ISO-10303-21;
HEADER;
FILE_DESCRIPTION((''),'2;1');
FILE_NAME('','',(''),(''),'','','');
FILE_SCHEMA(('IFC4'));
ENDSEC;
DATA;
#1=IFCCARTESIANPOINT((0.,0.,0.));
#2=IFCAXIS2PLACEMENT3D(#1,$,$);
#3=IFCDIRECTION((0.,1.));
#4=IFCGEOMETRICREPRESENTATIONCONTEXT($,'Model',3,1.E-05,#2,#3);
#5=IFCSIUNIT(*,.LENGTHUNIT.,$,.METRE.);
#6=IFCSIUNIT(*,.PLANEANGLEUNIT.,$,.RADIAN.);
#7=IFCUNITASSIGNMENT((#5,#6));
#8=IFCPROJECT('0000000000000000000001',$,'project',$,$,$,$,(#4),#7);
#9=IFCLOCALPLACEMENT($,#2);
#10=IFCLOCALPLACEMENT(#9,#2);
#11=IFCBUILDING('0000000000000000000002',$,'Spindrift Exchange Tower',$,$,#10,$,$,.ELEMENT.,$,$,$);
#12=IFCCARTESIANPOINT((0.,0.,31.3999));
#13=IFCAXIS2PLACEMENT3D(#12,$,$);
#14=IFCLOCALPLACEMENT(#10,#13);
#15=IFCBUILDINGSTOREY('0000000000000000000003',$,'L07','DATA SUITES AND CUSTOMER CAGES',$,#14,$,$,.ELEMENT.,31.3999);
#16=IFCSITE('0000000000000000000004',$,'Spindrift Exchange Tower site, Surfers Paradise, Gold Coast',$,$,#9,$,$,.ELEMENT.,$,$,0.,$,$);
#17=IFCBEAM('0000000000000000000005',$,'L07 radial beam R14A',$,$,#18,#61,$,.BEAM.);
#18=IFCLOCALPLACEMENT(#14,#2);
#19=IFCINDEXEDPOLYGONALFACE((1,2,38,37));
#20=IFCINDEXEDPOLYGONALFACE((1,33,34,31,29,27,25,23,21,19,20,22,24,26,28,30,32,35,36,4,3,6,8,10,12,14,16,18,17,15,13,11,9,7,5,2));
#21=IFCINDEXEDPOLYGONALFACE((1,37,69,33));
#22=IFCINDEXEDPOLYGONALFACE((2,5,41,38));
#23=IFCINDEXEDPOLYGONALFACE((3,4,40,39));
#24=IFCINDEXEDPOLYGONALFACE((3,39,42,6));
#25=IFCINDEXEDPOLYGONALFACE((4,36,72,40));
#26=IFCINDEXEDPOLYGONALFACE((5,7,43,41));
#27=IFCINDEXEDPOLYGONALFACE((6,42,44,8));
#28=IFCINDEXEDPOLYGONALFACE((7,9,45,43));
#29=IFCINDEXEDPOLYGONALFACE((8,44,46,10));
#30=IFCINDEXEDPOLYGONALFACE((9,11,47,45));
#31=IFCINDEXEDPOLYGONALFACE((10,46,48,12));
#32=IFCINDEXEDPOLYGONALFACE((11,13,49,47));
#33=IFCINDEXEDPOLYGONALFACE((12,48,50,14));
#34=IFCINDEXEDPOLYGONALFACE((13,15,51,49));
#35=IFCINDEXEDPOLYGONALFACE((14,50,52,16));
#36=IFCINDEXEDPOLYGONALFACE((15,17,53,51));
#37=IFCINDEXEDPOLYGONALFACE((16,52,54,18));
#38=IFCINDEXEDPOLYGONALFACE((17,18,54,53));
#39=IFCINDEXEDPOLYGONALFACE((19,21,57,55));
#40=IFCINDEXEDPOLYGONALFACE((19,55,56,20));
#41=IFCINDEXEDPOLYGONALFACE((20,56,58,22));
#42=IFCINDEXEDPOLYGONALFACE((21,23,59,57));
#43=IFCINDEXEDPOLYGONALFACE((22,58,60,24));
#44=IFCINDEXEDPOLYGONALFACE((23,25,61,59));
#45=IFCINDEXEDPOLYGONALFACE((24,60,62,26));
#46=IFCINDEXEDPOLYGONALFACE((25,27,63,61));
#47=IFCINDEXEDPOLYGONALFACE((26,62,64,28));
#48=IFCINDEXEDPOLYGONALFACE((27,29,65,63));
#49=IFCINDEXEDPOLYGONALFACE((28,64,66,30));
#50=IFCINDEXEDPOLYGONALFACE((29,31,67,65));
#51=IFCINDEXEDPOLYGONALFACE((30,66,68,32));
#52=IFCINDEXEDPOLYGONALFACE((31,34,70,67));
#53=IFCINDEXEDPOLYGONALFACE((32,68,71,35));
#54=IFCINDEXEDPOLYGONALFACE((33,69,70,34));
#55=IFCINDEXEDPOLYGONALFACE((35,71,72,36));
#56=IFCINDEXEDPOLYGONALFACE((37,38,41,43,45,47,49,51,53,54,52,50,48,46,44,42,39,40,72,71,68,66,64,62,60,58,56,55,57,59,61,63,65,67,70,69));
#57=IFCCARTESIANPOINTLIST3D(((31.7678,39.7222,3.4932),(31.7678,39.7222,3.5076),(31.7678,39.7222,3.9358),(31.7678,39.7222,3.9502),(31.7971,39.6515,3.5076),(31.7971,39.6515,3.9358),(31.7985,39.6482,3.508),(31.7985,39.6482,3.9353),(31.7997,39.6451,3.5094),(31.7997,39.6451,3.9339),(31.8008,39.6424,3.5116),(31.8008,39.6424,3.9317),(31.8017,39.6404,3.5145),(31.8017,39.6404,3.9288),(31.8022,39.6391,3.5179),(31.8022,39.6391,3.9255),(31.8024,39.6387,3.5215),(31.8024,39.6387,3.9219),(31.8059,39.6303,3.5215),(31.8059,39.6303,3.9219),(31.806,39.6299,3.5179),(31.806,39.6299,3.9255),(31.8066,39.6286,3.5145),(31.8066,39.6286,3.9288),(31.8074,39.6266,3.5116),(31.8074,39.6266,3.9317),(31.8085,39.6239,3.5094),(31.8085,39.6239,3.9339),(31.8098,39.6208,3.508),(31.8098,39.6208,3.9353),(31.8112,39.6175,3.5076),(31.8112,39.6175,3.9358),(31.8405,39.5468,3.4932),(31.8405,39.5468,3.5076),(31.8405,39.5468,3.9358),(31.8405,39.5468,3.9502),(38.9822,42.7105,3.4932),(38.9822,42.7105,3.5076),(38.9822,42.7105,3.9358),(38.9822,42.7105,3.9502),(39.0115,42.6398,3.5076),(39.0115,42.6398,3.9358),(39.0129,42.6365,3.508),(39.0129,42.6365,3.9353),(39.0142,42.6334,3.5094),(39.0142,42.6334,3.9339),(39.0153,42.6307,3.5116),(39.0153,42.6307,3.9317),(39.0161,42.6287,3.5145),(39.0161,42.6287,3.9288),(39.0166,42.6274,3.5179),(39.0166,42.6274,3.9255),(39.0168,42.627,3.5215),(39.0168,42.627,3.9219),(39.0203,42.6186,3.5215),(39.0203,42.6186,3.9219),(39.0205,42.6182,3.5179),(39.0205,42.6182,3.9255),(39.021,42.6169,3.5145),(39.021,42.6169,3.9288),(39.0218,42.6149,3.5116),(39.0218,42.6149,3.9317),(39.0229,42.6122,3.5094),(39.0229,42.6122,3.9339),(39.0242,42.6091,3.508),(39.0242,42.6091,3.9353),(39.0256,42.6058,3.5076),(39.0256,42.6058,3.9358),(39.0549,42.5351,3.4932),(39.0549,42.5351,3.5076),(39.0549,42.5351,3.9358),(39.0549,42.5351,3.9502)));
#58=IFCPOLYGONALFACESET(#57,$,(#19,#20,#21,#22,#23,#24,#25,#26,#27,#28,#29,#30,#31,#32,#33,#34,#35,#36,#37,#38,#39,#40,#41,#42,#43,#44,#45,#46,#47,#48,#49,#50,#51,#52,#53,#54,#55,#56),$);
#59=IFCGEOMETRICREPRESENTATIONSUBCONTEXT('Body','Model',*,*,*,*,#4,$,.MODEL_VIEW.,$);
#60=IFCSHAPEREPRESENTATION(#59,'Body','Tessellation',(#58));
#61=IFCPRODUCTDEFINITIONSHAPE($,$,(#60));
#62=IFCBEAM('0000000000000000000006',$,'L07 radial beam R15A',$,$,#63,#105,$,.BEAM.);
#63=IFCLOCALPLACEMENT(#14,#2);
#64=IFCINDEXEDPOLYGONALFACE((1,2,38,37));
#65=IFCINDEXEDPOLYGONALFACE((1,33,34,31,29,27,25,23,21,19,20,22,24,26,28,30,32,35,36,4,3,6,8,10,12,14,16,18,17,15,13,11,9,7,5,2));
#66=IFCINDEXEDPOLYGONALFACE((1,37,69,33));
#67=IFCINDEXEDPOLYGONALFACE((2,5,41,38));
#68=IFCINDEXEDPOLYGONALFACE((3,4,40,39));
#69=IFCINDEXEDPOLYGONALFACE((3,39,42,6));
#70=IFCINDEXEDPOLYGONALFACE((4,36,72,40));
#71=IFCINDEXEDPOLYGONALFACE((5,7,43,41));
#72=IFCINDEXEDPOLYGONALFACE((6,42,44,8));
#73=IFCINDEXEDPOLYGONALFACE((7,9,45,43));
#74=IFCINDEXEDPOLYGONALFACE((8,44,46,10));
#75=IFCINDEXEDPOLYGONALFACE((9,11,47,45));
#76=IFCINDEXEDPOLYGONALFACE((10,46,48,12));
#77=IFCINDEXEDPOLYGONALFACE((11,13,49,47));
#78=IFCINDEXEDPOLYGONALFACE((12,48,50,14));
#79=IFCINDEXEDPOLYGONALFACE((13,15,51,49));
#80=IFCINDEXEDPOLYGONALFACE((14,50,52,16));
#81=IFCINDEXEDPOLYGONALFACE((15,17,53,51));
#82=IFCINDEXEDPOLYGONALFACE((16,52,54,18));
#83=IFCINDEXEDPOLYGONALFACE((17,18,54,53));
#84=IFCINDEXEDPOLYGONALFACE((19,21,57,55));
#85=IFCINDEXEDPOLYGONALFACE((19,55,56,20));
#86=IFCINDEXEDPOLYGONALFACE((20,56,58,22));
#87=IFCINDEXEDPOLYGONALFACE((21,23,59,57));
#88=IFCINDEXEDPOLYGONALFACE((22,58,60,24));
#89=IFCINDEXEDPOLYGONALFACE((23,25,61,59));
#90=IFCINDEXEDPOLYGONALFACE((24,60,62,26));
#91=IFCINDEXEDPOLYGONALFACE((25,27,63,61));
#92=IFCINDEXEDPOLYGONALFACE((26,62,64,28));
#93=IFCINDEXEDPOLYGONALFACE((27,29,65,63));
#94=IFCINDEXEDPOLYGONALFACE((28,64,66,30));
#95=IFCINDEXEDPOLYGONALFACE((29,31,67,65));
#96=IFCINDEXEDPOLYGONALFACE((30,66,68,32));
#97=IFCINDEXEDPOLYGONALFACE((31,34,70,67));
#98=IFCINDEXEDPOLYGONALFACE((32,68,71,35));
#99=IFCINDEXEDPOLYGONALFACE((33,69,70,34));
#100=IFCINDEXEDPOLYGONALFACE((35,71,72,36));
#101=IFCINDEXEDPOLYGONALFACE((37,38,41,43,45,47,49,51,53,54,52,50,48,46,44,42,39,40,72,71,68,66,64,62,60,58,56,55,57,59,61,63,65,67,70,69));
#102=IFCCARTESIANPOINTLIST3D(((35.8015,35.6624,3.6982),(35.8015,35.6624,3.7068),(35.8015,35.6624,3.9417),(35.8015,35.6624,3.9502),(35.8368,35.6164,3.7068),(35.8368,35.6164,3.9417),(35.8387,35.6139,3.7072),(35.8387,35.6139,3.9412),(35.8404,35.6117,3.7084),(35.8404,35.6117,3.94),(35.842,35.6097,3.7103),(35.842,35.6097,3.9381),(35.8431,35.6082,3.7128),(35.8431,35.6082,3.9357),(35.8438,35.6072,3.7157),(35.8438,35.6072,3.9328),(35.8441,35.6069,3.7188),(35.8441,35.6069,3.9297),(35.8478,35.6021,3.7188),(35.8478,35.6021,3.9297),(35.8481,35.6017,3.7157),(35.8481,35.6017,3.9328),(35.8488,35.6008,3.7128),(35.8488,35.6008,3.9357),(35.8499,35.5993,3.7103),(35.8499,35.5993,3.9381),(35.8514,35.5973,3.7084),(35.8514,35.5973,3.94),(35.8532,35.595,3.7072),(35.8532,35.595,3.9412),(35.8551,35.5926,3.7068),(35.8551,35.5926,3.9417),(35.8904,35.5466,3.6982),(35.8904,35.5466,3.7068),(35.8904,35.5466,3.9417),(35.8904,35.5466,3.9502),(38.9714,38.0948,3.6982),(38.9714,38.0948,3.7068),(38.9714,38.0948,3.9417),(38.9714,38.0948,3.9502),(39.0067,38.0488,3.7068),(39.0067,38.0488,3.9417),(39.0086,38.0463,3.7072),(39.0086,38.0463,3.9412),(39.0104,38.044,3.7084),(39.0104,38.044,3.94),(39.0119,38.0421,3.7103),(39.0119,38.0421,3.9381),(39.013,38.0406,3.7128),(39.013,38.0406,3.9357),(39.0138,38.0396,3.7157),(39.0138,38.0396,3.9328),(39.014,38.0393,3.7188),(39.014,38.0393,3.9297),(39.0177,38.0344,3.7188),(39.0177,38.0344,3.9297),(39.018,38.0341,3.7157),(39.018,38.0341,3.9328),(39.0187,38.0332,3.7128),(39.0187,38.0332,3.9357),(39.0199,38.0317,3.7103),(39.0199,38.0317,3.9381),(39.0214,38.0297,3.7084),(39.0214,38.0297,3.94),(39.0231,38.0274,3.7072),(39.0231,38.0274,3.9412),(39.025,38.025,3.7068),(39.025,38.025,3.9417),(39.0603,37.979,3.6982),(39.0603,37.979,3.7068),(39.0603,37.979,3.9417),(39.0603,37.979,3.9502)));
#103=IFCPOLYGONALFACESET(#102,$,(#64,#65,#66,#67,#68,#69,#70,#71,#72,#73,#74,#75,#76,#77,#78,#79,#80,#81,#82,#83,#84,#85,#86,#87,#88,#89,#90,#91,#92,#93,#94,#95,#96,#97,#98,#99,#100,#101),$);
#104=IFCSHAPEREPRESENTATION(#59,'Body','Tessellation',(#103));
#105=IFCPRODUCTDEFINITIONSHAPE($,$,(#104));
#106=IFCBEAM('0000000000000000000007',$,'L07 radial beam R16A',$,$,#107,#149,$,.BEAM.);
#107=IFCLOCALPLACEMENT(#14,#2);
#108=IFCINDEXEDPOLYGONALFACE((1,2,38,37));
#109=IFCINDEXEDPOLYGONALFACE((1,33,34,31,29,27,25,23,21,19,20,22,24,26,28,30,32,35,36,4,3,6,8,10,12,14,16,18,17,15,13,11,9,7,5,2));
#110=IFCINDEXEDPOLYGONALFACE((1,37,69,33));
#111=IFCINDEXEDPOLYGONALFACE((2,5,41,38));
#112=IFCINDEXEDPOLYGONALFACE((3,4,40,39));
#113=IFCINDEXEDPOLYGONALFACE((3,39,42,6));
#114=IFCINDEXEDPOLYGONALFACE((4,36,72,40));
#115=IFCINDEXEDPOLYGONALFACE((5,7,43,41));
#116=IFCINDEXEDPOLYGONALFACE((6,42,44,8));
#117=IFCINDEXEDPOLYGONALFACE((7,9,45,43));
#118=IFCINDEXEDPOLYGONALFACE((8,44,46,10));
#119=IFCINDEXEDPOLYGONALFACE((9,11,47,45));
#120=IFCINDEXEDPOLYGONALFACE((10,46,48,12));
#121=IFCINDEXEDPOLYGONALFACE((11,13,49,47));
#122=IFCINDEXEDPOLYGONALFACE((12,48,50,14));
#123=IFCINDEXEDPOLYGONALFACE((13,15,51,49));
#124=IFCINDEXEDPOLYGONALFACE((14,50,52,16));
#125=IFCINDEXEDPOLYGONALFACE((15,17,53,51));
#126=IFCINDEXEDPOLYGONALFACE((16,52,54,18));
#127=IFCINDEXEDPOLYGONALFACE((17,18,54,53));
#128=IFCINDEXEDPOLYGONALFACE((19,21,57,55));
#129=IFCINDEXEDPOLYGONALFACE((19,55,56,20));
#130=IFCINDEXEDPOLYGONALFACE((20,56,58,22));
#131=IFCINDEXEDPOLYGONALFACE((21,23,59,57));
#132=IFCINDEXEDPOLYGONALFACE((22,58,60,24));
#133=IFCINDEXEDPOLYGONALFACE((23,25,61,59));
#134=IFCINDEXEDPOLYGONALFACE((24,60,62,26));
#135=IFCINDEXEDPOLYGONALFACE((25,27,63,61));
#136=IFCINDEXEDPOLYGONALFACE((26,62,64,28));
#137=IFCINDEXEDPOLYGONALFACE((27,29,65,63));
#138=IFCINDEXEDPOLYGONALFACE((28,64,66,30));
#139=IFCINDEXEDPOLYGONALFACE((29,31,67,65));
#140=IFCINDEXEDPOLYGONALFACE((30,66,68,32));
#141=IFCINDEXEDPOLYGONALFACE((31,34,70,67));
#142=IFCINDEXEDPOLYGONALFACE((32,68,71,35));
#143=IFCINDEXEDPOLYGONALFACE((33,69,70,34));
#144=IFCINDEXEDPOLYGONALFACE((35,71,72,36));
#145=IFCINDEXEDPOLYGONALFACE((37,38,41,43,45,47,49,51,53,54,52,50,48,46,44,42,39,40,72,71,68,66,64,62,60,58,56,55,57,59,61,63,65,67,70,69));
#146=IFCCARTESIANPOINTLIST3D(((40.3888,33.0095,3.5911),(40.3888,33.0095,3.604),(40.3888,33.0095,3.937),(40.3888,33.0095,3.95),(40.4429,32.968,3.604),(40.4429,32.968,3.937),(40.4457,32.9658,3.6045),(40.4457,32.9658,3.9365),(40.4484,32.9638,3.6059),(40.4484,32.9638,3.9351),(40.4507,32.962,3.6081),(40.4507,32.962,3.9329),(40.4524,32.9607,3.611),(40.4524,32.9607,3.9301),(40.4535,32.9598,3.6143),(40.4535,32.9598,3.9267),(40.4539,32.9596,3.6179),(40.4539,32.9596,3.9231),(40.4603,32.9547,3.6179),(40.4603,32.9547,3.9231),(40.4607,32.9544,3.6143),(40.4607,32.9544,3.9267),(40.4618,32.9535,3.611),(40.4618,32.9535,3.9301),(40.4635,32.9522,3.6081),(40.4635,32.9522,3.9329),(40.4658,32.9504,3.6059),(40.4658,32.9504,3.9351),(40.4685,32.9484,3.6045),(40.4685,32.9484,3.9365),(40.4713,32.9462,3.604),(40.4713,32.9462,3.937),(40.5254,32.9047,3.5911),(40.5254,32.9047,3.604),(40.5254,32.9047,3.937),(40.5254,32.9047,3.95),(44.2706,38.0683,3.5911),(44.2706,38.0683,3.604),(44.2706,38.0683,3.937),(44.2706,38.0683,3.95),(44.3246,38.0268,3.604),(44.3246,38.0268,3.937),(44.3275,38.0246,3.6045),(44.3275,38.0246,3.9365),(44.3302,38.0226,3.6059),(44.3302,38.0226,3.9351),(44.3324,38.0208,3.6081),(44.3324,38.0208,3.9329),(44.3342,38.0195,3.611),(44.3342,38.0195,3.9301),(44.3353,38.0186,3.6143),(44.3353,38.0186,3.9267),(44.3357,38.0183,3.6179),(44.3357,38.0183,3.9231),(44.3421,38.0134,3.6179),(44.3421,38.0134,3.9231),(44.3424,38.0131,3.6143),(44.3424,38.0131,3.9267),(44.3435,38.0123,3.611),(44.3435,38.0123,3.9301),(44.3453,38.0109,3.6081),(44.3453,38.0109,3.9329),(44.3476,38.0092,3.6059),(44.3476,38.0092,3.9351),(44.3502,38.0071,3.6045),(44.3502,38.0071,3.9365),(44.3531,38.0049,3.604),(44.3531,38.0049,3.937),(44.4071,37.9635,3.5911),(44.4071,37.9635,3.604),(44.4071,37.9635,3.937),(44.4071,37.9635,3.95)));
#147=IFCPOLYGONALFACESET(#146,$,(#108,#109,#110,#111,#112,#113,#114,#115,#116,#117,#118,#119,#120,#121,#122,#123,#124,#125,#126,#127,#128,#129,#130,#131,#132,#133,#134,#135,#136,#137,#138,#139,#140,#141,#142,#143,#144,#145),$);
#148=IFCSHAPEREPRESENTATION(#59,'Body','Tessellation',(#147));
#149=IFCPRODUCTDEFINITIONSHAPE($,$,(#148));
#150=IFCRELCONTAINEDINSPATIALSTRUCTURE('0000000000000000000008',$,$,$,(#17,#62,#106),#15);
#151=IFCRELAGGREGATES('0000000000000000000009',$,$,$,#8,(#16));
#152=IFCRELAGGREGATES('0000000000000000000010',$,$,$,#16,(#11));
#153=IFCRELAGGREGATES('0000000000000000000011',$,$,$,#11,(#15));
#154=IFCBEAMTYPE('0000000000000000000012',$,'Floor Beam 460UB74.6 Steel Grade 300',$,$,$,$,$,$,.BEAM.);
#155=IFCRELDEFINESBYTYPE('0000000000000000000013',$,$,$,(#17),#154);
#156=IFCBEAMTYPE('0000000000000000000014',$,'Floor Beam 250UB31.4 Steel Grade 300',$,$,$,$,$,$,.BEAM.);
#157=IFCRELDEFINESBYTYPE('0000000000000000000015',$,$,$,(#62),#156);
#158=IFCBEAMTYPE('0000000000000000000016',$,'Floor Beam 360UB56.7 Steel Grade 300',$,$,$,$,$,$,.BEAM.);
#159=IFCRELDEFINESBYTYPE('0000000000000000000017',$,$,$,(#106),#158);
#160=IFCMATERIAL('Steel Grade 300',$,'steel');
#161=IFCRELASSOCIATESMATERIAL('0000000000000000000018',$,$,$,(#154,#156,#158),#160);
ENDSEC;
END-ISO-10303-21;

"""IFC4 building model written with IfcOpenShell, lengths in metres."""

from ifc_helpers import new_model, si_unit, direction, frame, origin, origin_2d, place, context, subcontext, project, spatial, i_section, extrude, source, transform, mapped, material, material_profile, profile_set, type_object, element, save


model = new_model("IFC4")

# Units and contexts
model_context = context("Model", 3, precision=1e-05, world=origin(), true_north=direction((0.0, 1.0)))
body_context = subcontext(model_context, "Body", "Model", "MODEL_VIEW")
ifc_project = project(units=[si_unit("LENGTHUNIT", "METRE"), si_unit("PLANEANGLEUNIT", "RADIAN")], contexts=[model_context])

# Site, building, storey
site_placement = place(None, origin())
site = spatial("IfcSite", under=ifc_project, at=site_placement, Name="Spindrift Exchange Tower site, Surfers Paradise, Gold Coast", CompositionType="ELEMENT", RefElevation=0.0)
building_placement = place(site_placement, origin())
building = spatial("IfcBuilding", under=site, at=building_placement, Name="Spindrift Exchange Tower", CompositionType="ELEMENT")
storey_placement = place(building_placement, frame((0.0, 0.0, 31.3999)))
storey = spatial("IfcBuildingStorey", under=building, at=storey_placement, Name="L07", Description="DATA SUITES AND CUSTOMER CAGES", CompositionType="ELEMENT", Elevation=31.3999)

# Beams
ifc_material_1 = material(Name="Steel Grade 300", Category="steel")
ifc_material_profile_1 = material_profile(ifc_material_1, i_section(OverallWidth=0.1899, OverallDepth=0.457, WebThickness=0.009, FlangeThickness=0.0144, FilletRadius=0.0139, at=origin_2d()), Name="460UB74.6")
ifc_profile_set_1 = profile_set([ifc_material_profile_1], Name="Steel Grade 300")
beam_type_1 = type_object("IfcBeamType", Name="Floor Beam 460UB74.6 Steel Grade 300", PredefinedType="BEAM", material=ifc_profile_set_1)
shared_shape_1 = source(origin(), body_context, "Body", "SweptSolid", [
    extrude(i_section(OverallWidth=0.1899, OverallDepth=0.457, WebThickness=0.009, FlangeThickness=0.0144, FilletRadius=0.0139, at=origin_2d()), origin(), (0.0, 0.0, 1.0), 7.8088),
])
beam_1_placement = place(storey_placement, frame((39.0186, 42.6228, 3.7217), z_axis=(-0.92388, -0.382683, 0.0), x_axis=(0.382683, -0.92388, 0.0)))
element("IfcBeam", 1, at=beam_1_placement, inside=storey, type_object=beam_type_1, Name="L07 radial beam R14A", PredefinedType="BEAM", context=body_context, shape_type="MappedRepresentation", body=[
    mapped(shared_shape_1, transform((0.0, 0.0, 0.0), scale=1.0)),
])
ifc_material_profile_2 = material_profile(ifc_material_1, i_section(OverallWidth=0.146, OverallDepth=0.252, WebThickness=0.0061, FlangeThickness=0.0085, FilletRadius=0.012, at=origin_2d()), Name="250UB31.4")
ifc_profile_set_2 = profile_set([ifc_material_profile_2], Name="Steel Grade 300")
beam_type_2 = type_object("IfcBeamType", Name="Floor Beam 250UB31.4 Steel Grade 300", PredefinedType="BEAM", material=ifc_profile_set_2)
shared_shape_2 = source(origin(), body_context, "Body", "SweptSolid", [
    extrude(i_section(OverallWidth=0.146, OverallDepth=0.252, WebThickness=0.0061, FlangeThickness=0.0085, FilletRadius=0.012, at=origin_2d()), origin(), (0.0, 0.0, 1.0), 3.9956),
])
beam_2_placement = place(storey_placement, frame((39.0159, 38.0369, 3.8242), z_axis=(-0.793353, -0.608762, 0.0), x_axis=(0.608762, -0.793353, 0.0)))
element("IfcBeam", 2, at=beam_2_placement, inside=storey, type_object=beam_type_2, Name="L07 radial beam R15A", PredefinedType="BEAM", context=body_context, shape_type="MappedRepresentation", body=[
    mapped(shared_shape_2, transform((0.0, 0.0, 0.0), scale=1.0)),
])
ifc_material_profile_3 = material_profile(ifc_material_1, i_section(OverallWidth=0.1721, OverallDepth=0.3589, WebThickness=0.0081, FlangeThickness=0.0129, FilletRadius=0.0139, at=origin_2d()), Name="360UB56.7")
ifc_profile_set_3 = profile_set([ifc_material_profile_3], Name="Steel Grade 300")
beam_type_3 = type_object("IfcBeamType", Name="Floor Beam 360UB56.7 Steel Grade 300", PredefinedType="BEAM", material=ifc_profile_set_3)
shared_shape_3 = source(origin(), body_context, "Body", "SweptSolid", [
    extrude(i_section(OverallWidth=0.1721, OverallDepth=0.3589, WebThickness=0.0081, FlangeThickness=0.0129, FilletRadius=0.0139, at=origin_2d()), origin(), (0.0, 0.0, 1.0), 6.3765),
])
beam_3_placement = place(storey_placement, frame((44.3389, 38.0159, 3.7705), z_axis=(-0.608767, -0.793349, 0.0), x_axis=(0.793349, -0.608767, 0.0)))
element("IfcBeam", 3, at=beam_3_placement, inside=storey, type_object=beam_type_3, Name="L07 radial beam R16A", PredefinedType="BEAM", context=body_context, shape_type="MappedRepresentation", body=[
    mapped(shared_shape_3, transform((0.0, 0.0, 0.0), scale=1.0)),
])

save(model, "model.ifc")
